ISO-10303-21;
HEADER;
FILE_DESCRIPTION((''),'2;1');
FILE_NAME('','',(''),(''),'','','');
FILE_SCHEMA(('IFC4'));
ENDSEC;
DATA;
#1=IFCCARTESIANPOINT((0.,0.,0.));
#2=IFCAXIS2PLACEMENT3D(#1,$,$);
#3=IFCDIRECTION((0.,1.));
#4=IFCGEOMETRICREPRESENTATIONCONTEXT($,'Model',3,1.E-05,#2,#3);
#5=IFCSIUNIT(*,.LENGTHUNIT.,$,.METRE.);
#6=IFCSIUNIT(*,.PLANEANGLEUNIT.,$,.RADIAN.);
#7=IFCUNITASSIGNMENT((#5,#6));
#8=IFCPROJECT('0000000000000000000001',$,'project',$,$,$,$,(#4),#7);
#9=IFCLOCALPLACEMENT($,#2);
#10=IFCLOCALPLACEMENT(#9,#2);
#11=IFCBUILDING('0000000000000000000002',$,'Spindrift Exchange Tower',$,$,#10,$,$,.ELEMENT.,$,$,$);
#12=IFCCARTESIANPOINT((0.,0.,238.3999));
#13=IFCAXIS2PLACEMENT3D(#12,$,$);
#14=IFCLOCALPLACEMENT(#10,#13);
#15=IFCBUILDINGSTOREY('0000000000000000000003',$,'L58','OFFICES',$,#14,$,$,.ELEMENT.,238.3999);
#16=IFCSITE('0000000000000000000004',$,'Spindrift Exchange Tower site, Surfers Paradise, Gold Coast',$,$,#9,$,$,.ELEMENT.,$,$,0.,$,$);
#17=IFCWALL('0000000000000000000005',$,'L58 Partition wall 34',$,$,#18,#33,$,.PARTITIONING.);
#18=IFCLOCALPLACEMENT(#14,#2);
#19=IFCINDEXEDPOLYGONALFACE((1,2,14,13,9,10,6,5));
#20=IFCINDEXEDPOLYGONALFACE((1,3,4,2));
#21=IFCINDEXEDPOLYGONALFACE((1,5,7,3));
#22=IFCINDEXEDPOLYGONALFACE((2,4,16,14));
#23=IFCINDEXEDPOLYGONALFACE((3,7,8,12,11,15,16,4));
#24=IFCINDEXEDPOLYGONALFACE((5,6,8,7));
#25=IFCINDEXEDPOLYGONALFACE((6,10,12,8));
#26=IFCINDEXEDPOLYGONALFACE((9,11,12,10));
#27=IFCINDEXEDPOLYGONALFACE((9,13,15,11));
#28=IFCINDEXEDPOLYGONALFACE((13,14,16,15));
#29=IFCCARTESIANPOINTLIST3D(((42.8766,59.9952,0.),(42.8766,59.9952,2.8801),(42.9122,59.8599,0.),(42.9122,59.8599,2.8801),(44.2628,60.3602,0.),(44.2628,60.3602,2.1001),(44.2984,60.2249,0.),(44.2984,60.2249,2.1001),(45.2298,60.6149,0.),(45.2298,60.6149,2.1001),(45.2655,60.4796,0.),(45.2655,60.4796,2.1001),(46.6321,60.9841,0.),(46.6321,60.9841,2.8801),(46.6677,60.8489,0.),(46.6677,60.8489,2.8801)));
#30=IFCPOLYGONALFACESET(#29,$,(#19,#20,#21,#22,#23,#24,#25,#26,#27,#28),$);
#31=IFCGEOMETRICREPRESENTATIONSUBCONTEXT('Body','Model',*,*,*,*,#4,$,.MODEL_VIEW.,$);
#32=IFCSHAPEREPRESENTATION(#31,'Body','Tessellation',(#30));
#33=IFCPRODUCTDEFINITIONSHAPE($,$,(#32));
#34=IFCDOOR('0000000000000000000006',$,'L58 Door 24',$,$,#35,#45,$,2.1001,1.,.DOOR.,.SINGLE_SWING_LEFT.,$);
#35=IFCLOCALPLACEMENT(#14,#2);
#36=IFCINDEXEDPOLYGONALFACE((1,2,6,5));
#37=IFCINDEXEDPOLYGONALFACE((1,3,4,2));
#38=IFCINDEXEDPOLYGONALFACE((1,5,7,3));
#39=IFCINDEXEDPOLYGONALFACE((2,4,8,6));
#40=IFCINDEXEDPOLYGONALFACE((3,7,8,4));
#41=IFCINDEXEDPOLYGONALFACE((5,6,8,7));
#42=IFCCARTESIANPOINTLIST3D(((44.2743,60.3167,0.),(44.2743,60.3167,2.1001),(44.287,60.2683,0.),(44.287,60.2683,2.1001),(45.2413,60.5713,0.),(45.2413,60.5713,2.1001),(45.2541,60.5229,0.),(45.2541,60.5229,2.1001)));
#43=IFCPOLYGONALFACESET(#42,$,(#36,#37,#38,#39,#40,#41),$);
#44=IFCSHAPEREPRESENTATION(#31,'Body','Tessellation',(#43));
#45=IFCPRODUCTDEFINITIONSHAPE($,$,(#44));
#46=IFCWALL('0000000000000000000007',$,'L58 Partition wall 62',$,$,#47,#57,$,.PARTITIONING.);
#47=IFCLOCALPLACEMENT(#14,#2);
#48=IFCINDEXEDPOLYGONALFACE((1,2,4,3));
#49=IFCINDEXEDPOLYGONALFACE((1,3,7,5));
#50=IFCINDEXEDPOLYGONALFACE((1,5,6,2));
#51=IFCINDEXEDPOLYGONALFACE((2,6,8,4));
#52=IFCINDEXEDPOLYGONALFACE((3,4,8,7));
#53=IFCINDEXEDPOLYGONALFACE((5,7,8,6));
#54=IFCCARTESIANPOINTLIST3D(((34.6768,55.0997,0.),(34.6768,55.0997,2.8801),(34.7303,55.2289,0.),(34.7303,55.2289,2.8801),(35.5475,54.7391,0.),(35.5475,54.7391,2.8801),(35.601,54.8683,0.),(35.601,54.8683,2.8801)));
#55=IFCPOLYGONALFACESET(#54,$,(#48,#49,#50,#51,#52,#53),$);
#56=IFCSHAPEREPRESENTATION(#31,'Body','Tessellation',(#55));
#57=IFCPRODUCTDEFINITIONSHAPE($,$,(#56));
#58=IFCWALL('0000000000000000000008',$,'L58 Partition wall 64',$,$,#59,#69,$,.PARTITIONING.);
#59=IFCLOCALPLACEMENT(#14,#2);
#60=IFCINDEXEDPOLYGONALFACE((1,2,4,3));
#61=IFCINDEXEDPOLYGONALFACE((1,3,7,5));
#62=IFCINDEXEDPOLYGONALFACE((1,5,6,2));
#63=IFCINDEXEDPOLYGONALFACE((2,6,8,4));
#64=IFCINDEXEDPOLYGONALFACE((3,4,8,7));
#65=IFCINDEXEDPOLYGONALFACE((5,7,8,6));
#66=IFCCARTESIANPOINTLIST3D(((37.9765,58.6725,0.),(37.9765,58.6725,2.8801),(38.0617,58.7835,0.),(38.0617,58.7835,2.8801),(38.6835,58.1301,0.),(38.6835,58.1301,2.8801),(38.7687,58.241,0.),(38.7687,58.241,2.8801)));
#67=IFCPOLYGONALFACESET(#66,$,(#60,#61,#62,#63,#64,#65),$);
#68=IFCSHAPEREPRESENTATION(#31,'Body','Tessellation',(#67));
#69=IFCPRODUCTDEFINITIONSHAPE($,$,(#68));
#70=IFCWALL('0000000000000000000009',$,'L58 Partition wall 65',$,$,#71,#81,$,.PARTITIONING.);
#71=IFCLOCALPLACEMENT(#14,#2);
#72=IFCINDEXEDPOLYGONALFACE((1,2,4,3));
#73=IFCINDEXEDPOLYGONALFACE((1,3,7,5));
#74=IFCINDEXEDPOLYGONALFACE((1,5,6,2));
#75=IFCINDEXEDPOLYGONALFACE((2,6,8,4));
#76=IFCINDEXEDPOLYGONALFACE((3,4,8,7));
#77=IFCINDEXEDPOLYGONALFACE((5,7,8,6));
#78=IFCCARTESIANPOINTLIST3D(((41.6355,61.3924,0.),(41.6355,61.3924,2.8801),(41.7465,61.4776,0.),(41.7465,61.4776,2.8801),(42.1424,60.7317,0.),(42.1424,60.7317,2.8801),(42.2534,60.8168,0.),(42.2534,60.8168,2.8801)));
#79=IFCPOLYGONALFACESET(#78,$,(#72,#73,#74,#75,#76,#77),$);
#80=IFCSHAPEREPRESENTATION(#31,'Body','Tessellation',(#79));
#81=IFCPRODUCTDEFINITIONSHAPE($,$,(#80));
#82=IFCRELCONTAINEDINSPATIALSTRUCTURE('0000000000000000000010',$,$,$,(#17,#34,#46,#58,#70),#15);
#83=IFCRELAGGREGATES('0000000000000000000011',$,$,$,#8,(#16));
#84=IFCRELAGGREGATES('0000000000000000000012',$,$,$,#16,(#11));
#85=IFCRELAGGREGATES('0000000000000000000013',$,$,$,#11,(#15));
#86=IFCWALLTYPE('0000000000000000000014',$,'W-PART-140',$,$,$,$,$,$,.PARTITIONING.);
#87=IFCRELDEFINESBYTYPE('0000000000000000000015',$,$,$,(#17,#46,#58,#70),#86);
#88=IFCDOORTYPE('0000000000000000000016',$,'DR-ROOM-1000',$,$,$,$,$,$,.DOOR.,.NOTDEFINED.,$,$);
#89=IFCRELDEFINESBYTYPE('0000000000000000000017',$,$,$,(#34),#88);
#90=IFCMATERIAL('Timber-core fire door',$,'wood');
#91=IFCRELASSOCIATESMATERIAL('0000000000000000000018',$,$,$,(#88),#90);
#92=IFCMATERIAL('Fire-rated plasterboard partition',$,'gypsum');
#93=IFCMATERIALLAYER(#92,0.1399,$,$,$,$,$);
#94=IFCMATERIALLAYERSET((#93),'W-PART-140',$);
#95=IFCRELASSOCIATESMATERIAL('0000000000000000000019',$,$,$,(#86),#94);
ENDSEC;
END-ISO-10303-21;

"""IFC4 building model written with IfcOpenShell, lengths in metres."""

from ifc_helpers import new_model, si_unit, direction, frame, frame_2d, origin, place, context, subcontext, project, spatial, rectangle, extrude, source, transform, mapped, material, layer, layer_set, type_object, element, fill, save


model = new_model("IFC4")

# Units and contexts
model_context = context("Model", 3, precision=1e-05, world=origin(), true_north=direction((0.0, 1.0)))
body_context = subcontext(model_context, "Body", "Model", "MODEL_VIEW")
ifc_project = project(units=[si_unit("LENGTHUNIT", "METRE"), si_unit("PLANEANGLEUNIT", "RADIAN")], contexts=[model_context])

# Site, building, storey
site_placement = place(None, origin())
site = spatial("IfcSite", under=ifc_project, at=site_placement, Name="Spindrift Exchange Tower site, Surfers Paradise, Gold Coast", CompositionType="ELEMENT", RefElevation=0.0)
building_placement = place(site_placement, origin())
building = spatial("IfcBuilding", under=site, at=building_placement, Name="Spindrift Exchange Tower", CompositionType="ELEMENT")
storey_placement = place(building_placement, frame((0.0, 0.0, 238.3999)))
storey = spatial("IfcBuildingStorey", under=building, at=storey_placement, Name="L58", Description="OFFICES", CompositionType="ELEMENT", Elevation=238.3999)

# Shared definitions
ifc_material_1 = material(Name="Timber-core fire door", Category="wood")

# Shared definitions
ifc_material_2 = material(Name="Fire-rated plasterboard partition", Category="gypsum")
door_type_1 = type_object("IfcDoorType", Name="DR-ROOM-1000", OperationType="NOTDEFINED", PredefinedType="DOOR", material=ifc_material_1)
shared_shape_1 = source(origin(), body_context, "Body", "SweptSolid", [
    extrude(rectangle(XDim=1.0, YDim=2.1001, at=frame_2d((0.5, 1.05))), frame((0.0, 0.0249, 0.0), z_axis=(0.0, -1.0, 0.0), x_axis=(1.0, 0.0, 0.0)), (0.0, 0.0, 1.0), 0.05),
])

# Wall, opening, door
ifc_layer_1 = layer(ifc_material_2, 0.1399)
ifc_layer_set_1 = layer_set([ifc_layer_1], Name="W-PART-140")
wall_type_1 = type_object("IfcWallType", Name="W-PART-140", PredefinedType="PARTITIONING", material=ifc_layer_set_1)
wall_1_placement = place(storey_placement, frame((42.8943, 59.9275, 0.0), z_axis=(0.0, 0.0, 1.0), x_axis=(0.967031, 0.25466, 0.0)))
wall_1 = element("IfcWall", 1, at=wall_1_placement, inside=storey, type_object=wall_type_1, Name="L58 Partition wall 34", PredefinedType="PARTITIONING", context=body_context, shape_type="SweptSolid", body=[
    extrude(rectangle(XDim=3.8835, YDim=0.1399, at=frame_2d((1.9419, 0.0))), origin(), (0.0, 0.0, 1.0), 2.8801),
])
opening_1_placement = place(wall_1_placement, frame((1.4336, 0.0, 0.0)))
opening_1 = element("IfcOpeningElement", 2, at=opening_1_placement, cuts=wall_1, PredefinedType="OPENING", context=body_context, shape_type="SweptSolid", body=[
    extrude(rectangle(XDim=1.0, YDim=2.1001, at=frame_2d((0.5, 1.05))), frame((0.0, 0.0798, 0.0), z_axis=(0.0, -1.0, 0.0), x_axis=(1.0, 0.0, 0.0)), (0.0, 0.0, 1.0), 0.1599),
])
door_1_placement = place(opening_1_placement, origin())
door_1 = element("IfcDoor", 3, at=door_1_placement, inside=storey, type_object=door_type_1, Name="L58 Door 24", OperationType="SINGLE_SWING_LEFT", OverallHeight=2.1001, OverallWidth=1.0, PredefinedType="DOOR", context=body_context, shape_type="MappedRepresentation", body=[
    mapped(shared_shape_1, transform((0.0, 0.0, 0.0), scale=1.0)),
])
fill(opening_1, door_1)

# Walls
wall_2_placement = place(storey_placement, frame((35.5742, 54.8037, 0.0), z_axis=(0.0, 0.0, 1.0), x_axis=(-0.923887, 0.382665, 0.0)))
element("IfcWall", 4, at=wall_2_placement, inside=storey, type_object=wall_type_1, Name="L58 Partition wall 62", PredefinedType="PARTITIONING", context=body_context, shape_type="SweptSolid", body=[
    extrude(rectangle(XDim=0.9424, YDim=0.1399, at=frame_2d((0.4712, 0.0))), origin(), (0.0, 0.0, 1.0), 2.8801),
])
wall_3_placement = place(storey_placement, frame((38.7261, 58.1855, 0.0), z_axis=(0.0, 0.0, 1.0), x_axis=(-0.793377, 0.608731, 0.0)))
element("IfcWall", 5, at=wall_3_placement, inside=storey, type_object=wall_type_1, Name="L58 Partition wall 64", PredefinedType="PARTITIONING", context=body_context, shape_type="SweptSolid", body=[
    extrude(rectangle(XDim=0.8911, YDim=0.1399, at=frame_2d((0.4456, 0.0))), origin(), (0.0, 0.0, 1.0), 2.8801),
])
wall_4_placement = place(storey_placement, frame((42.198, 60.7742, 0.0), z_axis=(0.0, 0.0, 1.0), x_axis=(-0.60869, 0.793408, 0.0)))
element("IfcWall", 6, at=wall_4_placement, inside=storey, type_object=wall_type_1, Name="L58 Partition wall 65", PredefinedType="PARTITIONING", context=body_context, shape_type="SweptSolid", body=[
    extrude(rectangle(XDim=0.8328, YDim=0.1399, at=frame_2d((0.4165, 0.0))), origin(), (0.0, 0.0, 1.0), 2.8801),
])

save(model, "model.ifc")
